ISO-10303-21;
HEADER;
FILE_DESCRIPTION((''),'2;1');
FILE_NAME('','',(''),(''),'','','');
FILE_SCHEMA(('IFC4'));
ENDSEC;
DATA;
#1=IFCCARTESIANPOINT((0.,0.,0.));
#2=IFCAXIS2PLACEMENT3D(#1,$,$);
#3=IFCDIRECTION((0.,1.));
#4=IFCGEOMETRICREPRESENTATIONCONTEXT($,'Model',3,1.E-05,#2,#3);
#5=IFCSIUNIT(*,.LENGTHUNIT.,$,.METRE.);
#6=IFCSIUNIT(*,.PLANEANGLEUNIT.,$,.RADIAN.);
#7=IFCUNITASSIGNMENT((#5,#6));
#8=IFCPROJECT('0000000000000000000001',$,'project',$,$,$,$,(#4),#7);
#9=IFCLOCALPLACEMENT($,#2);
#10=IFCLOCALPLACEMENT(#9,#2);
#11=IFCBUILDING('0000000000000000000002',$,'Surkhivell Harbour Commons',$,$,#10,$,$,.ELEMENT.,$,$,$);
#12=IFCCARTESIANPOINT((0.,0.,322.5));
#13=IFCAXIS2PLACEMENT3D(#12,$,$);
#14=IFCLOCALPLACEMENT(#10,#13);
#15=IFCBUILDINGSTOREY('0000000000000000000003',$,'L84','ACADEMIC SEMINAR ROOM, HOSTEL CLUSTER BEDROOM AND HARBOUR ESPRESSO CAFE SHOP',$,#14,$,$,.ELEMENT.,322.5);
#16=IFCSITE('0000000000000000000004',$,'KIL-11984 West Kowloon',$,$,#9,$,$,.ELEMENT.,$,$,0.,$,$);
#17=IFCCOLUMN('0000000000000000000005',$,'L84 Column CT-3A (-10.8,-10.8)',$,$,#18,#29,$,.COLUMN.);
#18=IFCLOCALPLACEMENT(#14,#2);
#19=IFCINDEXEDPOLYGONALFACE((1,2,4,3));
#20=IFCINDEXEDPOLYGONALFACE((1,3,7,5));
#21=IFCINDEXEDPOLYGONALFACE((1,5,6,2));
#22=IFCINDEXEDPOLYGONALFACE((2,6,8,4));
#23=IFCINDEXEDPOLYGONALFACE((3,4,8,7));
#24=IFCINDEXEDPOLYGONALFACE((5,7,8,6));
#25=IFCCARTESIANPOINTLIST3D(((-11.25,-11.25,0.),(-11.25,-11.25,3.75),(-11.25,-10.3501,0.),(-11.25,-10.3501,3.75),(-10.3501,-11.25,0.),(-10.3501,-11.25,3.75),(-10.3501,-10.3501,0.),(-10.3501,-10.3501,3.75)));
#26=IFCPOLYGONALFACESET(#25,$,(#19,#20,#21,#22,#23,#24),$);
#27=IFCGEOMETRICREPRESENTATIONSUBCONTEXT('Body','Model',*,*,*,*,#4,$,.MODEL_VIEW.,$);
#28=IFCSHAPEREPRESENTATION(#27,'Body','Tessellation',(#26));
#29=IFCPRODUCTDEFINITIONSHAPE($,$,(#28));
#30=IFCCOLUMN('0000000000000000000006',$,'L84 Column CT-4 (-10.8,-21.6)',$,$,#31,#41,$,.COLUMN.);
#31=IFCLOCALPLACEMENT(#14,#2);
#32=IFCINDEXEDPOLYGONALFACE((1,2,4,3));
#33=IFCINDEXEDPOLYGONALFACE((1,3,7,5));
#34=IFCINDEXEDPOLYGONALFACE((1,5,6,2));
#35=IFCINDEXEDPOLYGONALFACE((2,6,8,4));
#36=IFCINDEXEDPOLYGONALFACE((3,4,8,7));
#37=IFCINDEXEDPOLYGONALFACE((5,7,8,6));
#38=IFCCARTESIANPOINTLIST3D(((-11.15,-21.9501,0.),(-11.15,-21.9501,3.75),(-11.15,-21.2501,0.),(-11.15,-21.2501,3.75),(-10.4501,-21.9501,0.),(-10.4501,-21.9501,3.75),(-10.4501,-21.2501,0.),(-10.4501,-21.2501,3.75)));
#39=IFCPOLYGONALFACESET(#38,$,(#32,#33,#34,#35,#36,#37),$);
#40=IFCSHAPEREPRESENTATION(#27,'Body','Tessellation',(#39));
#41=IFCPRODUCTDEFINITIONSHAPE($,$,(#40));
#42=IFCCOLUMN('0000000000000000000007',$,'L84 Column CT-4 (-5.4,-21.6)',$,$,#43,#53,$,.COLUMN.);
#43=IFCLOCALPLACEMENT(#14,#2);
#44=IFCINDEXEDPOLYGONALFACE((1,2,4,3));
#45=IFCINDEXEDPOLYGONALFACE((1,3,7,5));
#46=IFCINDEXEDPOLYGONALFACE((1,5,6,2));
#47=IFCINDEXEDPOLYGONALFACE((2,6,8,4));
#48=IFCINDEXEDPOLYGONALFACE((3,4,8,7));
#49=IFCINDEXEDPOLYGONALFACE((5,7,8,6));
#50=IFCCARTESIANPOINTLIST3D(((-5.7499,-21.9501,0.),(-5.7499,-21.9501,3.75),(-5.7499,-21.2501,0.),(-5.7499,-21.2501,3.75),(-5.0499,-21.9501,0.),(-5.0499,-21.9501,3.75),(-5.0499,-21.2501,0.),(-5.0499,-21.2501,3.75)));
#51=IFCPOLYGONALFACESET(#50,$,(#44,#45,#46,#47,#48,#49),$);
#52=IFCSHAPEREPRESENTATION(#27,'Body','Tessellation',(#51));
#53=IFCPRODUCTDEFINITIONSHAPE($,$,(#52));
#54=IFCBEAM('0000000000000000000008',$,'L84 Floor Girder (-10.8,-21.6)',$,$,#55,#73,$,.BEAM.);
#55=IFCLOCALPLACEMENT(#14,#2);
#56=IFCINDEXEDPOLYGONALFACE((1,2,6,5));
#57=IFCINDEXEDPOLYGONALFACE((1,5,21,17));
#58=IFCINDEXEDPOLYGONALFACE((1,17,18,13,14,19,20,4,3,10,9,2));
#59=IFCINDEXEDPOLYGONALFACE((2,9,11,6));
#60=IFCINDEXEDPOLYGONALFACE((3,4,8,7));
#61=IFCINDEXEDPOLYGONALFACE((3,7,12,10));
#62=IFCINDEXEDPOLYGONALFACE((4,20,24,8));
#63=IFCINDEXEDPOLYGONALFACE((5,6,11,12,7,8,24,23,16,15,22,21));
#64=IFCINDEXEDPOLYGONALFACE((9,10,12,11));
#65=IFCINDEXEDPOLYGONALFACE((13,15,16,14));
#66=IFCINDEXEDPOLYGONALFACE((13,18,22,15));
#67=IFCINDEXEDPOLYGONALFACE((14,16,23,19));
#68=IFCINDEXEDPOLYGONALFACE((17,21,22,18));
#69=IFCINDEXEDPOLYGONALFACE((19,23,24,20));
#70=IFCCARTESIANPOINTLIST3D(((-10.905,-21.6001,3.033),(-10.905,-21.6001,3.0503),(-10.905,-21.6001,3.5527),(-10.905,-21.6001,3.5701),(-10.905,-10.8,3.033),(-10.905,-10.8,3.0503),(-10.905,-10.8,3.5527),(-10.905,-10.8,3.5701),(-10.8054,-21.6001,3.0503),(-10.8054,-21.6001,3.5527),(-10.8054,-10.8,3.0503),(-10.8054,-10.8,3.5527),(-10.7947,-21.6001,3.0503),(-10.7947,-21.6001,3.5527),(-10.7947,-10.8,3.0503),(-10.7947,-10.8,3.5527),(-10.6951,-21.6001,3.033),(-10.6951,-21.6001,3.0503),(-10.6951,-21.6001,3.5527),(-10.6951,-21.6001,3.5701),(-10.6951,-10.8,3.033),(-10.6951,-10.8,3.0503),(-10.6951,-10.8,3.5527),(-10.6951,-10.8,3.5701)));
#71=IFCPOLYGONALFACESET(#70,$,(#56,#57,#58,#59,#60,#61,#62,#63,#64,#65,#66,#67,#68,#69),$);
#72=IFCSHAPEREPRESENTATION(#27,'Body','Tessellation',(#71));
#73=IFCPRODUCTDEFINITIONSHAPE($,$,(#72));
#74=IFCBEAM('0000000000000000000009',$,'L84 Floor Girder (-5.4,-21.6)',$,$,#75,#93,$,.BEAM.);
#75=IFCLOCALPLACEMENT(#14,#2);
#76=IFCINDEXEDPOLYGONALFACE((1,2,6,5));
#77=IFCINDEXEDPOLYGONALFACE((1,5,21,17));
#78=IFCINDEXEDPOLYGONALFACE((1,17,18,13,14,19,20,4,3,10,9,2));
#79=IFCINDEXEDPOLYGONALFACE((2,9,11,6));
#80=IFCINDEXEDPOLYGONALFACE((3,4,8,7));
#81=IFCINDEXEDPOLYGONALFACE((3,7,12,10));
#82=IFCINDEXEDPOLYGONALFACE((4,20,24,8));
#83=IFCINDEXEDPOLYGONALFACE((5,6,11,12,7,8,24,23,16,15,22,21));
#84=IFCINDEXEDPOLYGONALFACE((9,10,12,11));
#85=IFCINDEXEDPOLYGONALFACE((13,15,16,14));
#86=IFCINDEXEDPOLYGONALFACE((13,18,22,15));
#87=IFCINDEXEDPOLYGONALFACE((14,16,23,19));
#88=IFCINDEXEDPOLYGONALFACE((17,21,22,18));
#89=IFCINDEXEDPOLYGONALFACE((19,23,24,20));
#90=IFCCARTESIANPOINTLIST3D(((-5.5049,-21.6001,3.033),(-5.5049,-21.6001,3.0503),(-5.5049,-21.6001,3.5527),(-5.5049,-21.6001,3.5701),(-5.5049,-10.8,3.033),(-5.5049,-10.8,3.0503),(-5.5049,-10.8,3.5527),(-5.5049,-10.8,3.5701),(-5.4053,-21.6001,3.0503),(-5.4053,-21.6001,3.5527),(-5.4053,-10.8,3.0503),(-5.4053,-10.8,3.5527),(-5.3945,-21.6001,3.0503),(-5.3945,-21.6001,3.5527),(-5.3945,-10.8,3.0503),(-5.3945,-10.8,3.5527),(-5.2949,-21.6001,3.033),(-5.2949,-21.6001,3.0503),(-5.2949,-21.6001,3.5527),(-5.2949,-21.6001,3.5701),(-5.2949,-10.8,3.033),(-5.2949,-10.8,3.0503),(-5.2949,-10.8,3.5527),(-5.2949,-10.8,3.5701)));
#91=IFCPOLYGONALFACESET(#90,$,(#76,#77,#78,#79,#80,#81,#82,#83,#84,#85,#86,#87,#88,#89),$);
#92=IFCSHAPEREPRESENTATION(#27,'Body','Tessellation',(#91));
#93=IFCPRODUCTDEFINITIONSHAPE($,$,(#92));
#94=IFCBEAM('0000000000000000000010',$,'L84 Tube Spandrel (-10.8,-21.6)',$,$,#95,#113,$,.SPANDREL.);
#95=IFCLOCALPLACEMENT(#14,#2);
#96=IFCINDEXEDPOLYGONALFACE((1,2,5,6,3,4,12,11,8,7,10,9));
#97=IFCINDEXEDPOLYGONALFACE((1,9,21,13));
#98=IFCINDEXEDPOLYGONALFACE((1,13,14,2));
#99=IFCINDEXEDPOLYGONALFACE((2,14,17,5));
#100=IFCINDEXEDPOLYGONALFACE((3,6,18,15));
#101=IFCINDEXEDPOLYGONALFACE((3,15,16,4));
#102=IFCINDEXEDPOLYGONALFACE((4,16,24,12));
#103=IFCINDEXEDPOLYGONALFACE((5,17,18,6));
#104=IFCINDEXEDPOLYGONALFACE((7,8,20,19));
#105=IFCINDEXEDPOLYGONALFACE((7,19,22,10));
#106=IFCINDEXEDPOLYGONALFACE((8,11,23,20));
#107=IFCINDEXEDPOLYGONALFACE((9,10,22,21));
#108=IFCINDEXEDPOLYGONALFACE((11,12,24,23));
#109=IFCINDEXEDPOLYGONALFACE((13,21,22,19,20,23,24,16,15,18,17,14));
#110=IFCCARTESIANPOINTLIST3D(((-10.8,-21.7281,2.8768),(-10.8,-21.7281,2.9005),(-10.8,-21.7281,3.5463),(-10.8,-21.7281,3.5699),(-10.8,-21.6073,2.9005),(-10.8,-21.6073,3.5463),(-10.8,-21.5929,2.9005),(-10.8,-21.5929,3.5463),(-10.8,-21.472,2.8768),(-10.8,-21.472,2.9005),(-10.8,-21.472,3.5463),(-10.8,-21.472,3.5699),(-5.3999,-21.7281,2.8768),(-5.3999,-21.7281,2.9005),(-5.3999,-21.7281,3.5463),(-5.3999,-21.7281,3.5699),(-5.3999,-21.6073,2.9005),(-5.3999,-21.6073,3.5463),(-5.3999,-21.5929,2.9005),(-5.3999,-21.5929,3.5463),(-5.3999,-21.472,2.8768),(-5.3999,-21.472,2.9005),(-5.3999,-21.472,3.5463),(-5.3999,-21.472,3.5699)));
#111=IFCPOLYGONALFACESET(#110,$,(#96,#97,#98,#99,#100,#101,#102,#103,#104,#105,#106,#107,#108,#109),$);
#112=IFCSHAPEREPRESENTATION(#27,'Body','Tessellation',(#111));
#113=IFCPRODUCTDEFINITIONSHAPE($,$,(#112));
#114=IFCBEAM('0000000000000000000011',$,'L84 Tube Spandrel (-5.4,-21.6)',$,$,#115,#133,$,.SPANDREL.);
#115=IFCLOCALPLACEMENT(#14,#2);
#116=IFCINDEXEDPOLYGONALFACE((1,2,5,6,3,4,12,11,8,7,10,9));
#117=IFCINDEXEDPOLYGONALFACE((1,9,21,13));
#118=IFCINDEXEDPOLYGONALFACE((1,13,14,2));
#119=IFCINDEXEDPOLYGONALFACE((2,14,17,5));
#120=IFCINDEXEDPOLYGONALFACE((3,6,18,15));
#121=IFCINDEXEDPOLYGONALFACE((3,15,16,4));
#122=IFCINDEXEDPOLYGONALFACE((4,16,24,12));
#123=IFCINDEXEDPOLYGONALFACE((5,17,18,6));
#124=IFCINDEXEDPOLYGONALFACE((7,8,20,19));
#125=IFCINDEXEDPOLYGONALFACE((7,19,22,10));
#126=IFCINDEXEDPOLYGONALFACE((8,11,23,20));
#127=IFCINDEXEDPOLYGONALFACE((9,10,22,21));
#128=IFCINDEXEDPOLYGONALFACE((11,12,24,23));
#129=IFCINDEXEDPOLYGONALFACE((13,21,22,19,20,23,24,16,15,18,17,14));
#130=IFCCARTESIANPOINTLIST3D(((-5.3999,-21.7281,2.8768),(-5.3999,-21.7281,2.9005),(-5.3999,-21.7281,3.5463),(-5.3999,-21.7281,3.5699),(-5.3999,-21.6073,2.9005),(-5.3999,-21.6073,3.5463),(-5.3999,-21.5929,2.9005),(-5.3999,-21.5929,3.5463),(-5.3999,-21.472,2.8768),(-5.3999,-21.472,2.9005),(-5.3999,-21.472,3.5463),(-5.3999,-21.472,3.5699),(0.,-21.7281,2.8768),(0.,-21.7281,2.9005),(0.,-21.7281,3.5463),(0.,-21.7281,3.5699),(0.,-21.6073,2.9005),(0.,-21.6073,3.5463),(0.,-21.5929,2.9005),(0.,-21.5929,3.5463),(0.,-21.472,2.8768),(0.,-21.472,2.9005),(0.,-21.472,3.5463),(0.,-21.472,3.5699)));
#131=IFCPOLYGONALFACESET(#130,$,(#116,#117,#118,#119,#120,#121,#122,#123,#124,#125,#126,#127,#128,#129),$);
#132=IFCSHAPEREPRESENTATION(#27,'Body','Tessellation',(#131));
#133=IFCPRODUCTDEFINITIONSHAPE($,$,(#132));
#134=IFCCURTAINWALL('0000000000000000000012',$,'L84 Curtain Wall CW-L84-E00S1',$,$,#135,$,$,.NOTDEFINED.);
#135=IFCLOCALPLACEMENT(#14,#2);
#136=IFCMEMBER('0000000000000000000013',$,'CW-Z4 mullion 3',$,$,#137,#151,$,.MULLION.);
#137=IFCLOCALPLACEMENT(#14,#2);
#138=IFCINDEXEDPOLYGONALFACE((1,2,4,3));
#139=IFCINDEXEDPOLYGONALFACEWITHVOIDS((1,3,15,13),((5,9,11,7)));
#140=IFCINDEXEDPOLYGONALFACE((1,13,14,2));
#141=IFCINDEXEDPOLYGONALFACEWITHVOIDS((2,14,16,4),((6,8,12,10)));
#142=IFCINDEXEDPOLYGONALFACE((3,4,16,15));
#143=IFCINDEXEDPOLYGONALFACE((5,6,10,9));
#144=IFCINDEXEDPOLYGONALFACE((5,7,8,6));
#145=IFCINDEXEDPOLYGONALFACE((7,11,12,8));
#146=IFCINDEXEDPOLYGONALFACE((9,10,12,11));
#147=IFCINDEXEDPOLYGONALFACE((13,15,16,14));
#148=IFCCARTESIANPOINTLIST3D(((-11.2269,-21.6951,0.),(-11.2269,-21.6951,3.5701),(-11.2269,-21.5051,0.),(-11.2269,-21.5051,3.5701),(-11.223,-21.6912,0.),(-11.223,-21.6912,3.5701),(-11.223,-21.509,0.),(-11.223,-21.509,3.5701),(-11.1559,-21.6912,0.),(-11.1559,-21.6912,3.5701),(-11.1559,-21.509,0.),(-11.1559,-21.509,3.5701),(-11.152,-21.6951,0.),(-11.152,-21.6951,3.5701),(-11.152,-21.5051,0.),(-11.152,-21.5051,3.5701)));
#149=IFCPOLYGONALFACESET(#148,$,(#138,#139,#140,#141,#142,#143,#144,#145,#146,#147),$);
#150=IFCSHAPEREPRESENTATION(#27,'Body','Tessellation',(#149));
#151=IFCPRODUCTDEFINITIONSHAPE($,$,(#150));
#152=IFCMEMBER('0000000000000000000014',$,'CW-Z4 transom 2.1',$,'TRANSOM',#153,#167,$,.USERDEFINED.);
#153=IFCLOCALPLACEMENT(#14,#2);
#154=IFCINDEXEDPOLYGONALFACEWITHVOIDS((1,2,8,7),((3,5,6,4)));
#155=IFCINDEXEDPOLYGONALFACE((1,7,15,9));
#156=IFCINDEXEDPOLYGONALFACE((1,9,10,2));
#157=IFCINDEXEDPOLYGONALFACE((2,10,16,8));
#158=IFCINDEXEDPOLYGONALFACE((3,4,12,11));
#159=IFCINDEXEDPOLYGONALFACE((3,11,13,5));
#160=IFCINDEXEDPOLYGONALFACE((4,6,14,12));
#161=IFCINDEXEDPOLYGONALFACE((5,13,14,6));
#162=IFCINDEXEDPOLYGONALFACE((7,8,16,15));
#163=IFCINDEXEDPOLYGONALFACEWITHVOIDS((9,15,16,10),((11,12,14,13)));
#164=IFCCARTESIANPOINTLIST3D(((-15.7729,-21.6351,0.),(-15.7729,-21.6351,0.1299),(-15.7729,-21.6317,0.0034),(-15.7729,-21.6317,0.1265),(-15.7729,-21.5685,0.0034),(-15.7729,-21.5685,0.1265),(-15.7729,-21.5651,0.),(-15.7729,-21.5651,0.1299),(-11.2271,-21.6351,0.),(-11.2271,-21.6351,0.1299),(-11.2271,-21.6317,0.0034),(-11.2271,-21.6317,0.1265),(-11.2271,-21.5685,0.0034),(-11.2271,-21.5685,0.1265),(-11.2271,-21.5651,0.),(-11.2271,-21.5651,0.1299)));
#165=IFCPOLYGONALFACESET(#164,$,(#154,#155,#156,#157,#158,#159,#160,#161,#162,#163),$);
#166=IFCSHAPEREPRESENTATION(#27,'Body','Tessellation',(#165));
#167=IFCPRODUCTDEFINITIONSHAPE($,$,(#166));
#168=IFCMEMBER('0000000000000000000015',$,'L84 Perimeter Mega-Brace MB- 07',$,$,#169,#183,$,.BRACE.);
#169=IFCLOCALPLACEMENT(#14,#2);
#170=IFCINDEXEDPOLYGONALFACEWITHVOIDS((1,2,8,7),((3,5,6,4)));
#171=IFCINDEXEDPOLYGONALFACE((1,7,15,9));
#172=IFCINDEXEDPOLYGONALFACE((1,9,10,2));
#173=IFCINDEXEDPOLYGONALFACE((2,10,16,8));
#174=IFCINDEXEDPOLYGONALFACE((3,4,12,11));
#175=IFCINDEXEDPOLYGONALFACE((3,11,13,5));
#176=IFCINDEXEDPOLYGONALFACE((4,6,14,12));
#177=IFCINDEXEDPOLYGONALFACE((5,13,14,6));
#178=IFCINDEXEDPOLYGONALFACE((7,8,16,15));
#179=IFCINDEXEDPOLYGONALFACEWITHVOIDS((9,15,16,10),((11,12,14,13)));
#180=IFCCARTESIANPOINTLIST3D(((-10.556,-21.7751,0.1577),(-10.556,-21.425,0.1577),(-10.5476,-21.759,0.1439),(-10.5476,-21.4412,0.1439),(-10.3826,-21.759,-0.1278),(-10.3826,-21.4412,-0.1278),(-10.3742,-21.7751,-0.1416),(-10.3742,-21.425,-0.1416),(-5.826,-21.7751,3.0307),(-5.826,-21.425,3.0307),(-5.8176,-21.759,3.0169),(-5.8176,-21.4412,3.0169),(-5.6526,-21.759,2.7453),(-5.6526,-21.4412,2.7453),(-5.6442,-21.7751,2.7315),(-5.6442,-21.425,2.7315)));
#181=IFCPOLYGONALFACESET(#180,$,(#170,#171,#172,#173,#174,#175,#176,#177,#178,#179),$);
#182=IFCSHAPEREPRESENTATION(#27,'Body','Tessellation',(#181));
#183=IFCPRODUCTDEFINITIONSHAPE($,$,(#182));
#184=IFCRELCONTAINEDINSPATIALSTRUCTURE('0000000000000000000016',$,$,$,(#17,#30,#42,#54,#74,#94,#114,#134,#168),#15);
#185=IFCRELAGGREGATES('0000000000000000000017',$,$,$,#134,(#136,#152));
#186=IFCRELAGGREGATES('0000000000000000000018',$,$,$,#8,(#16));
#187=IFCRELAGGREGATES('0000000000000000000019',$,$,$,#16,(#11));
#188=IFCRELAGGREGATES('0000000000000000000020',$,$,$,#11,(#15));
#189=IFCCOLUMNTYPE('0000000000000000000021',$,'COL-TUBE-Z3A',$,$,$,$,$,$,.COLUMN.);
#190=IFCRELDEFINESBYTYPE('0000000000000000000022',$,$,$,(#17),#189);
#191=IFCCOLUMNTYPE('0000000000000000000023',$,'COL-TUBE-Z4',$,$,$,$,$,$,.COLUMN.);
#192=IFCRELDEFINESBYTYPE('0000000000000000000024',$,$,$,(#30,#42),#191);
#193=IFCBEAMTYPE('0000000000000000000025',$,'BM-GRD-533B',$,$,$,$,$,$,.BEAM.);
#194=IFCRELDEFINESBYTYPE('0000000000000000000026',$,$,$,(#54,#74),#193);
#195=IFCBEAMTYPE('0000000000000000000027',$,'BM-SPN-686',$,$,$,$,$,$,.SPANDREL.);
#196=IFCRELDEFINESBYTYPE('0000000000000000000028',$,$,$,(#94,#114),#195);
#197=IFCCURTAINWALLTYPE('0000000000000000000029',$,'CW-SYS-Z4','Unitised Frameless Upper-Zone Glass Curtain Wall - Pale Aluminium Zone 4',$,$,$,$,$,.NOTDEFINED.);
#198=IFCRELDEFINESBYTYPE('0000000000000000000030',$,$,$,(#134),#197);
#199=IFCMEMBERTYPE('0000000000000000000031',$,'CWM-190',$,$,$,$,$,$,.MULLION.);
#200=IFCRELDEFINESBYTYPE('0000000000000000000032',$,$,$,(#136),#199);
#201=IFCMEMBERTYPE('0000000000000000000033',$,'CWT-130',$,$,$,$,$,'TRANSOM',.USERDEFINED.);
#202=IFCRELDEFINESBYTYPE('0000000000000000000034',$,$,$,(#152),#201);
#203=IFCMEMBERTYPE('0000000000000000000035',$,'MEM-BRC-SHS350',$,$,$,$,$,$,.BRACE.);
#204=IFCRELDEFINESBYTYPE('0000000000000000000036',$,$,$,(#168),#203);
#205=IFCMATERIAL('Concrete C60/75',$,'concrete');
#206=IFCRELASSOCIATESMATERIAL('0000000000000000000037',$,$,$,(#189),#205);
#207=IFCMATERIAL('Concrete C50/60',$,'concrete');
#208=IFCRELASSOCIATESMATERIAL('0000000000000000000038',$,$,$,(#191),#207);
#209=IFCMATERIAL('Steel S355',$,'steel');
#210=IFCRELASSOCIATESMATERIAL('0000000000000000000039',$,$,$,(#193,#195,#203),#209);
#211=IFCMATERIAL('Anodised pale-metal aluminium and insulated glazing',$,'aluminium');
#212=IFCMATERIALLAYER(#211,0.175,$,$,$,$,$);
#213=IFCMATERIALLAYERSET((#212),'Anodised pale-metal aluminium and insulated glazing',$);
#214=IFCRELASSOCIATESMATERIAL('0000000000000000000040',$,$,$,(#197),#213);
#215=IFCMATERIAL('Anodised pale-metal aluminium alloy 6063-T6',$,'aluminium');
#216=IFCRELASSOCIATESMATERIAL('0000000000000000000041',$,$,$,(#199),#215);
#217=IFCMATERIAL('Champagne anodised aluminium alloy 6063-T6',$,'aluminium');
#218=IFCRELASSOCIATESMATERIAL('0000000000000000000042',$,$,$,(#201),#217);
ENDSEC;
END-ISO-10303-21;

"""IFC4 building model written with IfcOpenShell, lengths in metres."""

from ifc_helpers import new_model, si_unit, direction, frame, origin, origin_2d, place, context, subcontext, project, spatial, rectangle, hollow_rectangle, i_section, extrude, material, layer, layer_set, material_profile, profile_set, type_object, element, aggregate, save


model = new_model("IFC4")

# Units and contexts
model_context = context("Model", 3, precision=1e-05, world=origin(), true_north=direction((0.0, 1.0)))
body_context = subcontext(model_context, "Body", "Model", "MODEL_VIEW")
ifc_project = project(units=[si_unit("LENGTHUNIT", "METRE"), si_unit("PLANEANGLEUNIT", "RADIAN")], contexts=[model_context])

# Site, building, storey
site_placement = place(None, origin())
site = spatial("IfcSite", under=ifc_project, at=site_placement, Name="KIL-11984 West Kowloon", CompositionType="ELEMENT", RefElevation=0.0)
building_placement = place(site_placement, origin())
building = spatial("IfcBuilding", under=site, at=building_placement, Name="Surkhivell Harbour Commons", CompositionType="ELEMENT")
storey_placement = place(building_placement, frame((0.0, 0.0, 322.5)))
storey = spatial("IfcBuildingStorey", under=building, at=storey_placement, Name="L84", Description="ACADEMIC SEMINAR ROOM, HOSTEL CLUSTER BEDROOM AND HARBOUR ESPRESSO CAFE SHOP", CompositionType="ELEMENT", Elevation=322.5)

# Columns
ifc_material_1 = material(Name="Concrete C60/75", Category="concrete")
ifc_material_profile_1 = material_profile(ifc_material_1, rectangle(XDim=0.8999, YDim=0.8999, at=origin_2d()), Name="RC-COL-900x900")
ifc_profile_set_1 = profile_set([ifc_material_profile_1], Name="Concrete C60/75")
column_type_1 = type_object("IfcColumnType", Name="COL-TUBE-Z3A", PredefinedType="COLUMN", material=ifc_profile_set_1)
column_placement = place(storey_placement, frame((-10.8, -10.8, 0.0), z_axis=(0.0, 0.0, 1.0), x_axis=(1.0, 0.0, 0.0)))
element("IfcColumn", 1, at=column_placement, inside=storey, type_object=column_type_1, Name="L84 Column CT-3A (-10.8,-10.8)", PredefinedType="COLUMN", context=body_context, shape_type="SweptSolid", body=[
    extrude(rectangle(XDim=0.8999, YDim=0.8999, at=origin_2d()), origin(), (0.0, 0.0, 1.0), 3.75),
])
ifc_material_2 = material(Name="Concrete C50/60", Category="concrete")
ifc_material_profile_2 = material_profile(ifc_material_2, rectangle(XDim=0.7, YDim=0.7, at=origin_2d()), Name="RC-COL-700x700")
ifc_profile_set_2 = profile_set([ifc_material_profile_2], Name="Concrete C50/60")
column_type_2 = type_object("IfcColumnType", Name="COL-TUBE-Z4", PredefinedType="COLUMN", material=ifc_profile_set_2)
for number, where, z_axis, x_axis, name in (
    (2, (-10.8, -21.6001, 0.0), (0.0, 0.0, 1.0), (1.0, 0.0, 0.0), "L84 Column CT-4 (-10.8,-21.6)"),
    (3, (-5.3999, -21.6001, 0.0), (0.0, 0.0, 1.0), (1.0, 0.0, 0.0), "L84 Column CT-4 (-5.4,-21.6)"),
):
    element("IfcColumn", number, at=place(storey_placement, frame(where, z_axis=z_axis, x_axis=x_axis)), inside=storey, type_object=column_type_2, Name=name, PredefinedType="COLUMN", context=body_context, shape_type="SweptSolid", body=[
        extrude(rectangle(XDim=0.7, YDim=0.7, at=origin_2d()), origin(), (0.0, 0.0, 1.0), 3.75),
    ])

# Beams
ifc_material_3 = material(Name="Steel S355", Category="steel")
ifc_material_profile_3 = material_profile(ifc_material_3, i_section(OverallWidth=0.21, OverallDepth=0.5371, WebThickness=0.0107, FlangeThickness=0.0173, at=origin_2d()), Name="UB533x210x101")
ifc_profile_set_3 = profile_set([ifc_material_profile_3], Name="Steel S355")
beam_type_1 = type_object("IfcBeamType", Name="BM-GRD-533B", PredefinedType="BEAM", material=ifc_profile_set_3)
for number, where, z_axis, x_axis, name in (
    (4, (-10.8, -21.6001, 3.3015), (0.0, 1.0, 0.0), (-1.0, 0.0, 0.0), "L84 Floor Girder (-10.8,-21.6)"),
    (5, (-5.3999, -21.6001, 3.3015), (0.0, 1.0, 0.0), (-1.0, 0.0, 0.0), "L84 Floor Girder (-5.4,-21.6)"),
):
    element("IfcBeam", number, at=place(storey_placement, frame(where, z_axis=z_axis, x_axis=x_axis)), inside=storey, type_object=beam_type_1, Name=name, PredefinedType="BEAM", context=body_context, shape_type="SweptSolid", body=[
        extrude(i_section(OverallWidth=0.21, OverallDepth=0.5371, WebThickness=0.0107, FlangeThickness=0.0173, at=origin_2d()), origin(), (0.0, 0.0, 1.0), 10.8),
    ])
ifc_material_profile_4 = material_profile(ifc_material_3, i_section(OverallWidth=0.2561, OverallDepth=0.6931, WebThickness=0.0144, FlangeThickness=0.0237, at=origin_2d()), Name="UB686x254x170")
ifc_profile_set_4 = profile_set([ifc_material_profile_4], Name="Steel S355")
beam_type_2 = type_object("IfcBeamType", Name="BM-SPN-686", PredefinedType="SPANDREL", material=ifc_profile_set_4)
beam_1_placement = place(storey_placement, frame((-10.8, -21.6001, 3.2234), z_axis=(1.0, 0.0, 0.0), x_axis=(0.0, 1.0, 0.0)))
element("IfcBeam", 6, at=beam_1_placement, inside=storey, type_object=beam_type_2, Name="L84 Tube Spandrel (-10.8,-21.6)", PredefinedType="SPANDREL", context=body_context, shape_type="SweptSolid", body=[
    extrude(i_section(OverallWidth=0.2561, OverallDepth=0.6931, WebThickness=0.0144, FlangeThickness=0.0237, at=origin_2d()), origin(), (0.0, 0.0, 1.0), 5.4001),
])
beam_2_placement = place(storey_placement, frame((-5.3999, -21.6001, 3.2234), z_axis=(1.0, 0.0, 0.0), x_axis=(0.0, 1.0, 0.0)))
element("IfcBeam", 7, at=beam_2_placement, inside=storey, type_object=beam_type_2, Name="L84 Tube Spandrel (-5.4,-21.6)", PredefinedType="SPANDREL", context=body_context, shape_type="SweptSolid", body=[
    extrude(i_section(OverallWidth=0.2561, OverallDepth=0.6931, WebThickness=0.0144, FlangeThickness=0.0237, at=origin_2d()), origin(), (0.0, 0.0, 1.0), 5.3999),
])

# Curtain wall, members
ifc_material_4 = material(Name="Anodised pale-metal aluminium and insulated glazing", Category="aluminium")
ifc_layer_1 = layer(ifc_material_4, 0.175)
ifc_layer_set_1 = layer_set([ifc_layer_1], Name="Anodised pale-metal aluminium and insulated glazing")
curtain_wall_type = type_object("IfcCurtainWallType", Name="CW-SYS-Z4", Description="Unitised Frameless Upper-Zone Glass Curtain Wall - Pale Aluminium Zone 4", PredefinedType="NOTDEFINED", material=ifc_layer_set_1)
curtain_wall_placement = place(storey_placement, origin())
curtain_wall = element("IfcCurtainWall", 8, at=curtain_wall_placement, inside=storey, type_object=curtain_wall_type, Name="L84 Curtain Wall CW-L84-E00S1", PredefinedType="NOTDEFINED")
ifc_material_5 = material(Name="Anodised pale-metal aluminium alloy 6063-T6", Category="aluminium")
ifc_material_profile_5 = material_profile(ifc_material_5, hollow_rectangle(XDim=0.075, YDim=0.1899, WallThickness=0.0039, at=origin_2d()), Name="ALU-MULL-75x190")
ifc_profile_set_5 = profile_set([ifc_material_profile_5], Name="Anodised pale-metal aluminium alloy 6063-T6")
member_type_1 = type_object("IfcMemberType", Name="CWM-190", PredefinedType="MULLION", material=ifc_profile_set_5)
member_1_placement = place(storey_placement, frame((-11.1895, -21.6001, 0.0), z_axis=(0.0, 0.0, 1.0), x_axis=(1.0, 0.0, 0.0)))
member_1 = element("IfcMember", 9, at=member_1_placement, type_object=member_type_1, Name="CW-Z4 mullion 3", PredefinedType="MULLION", context=body_context, shape_type="SweptSolid", body=[
    extrude(hollow_rectangle(XDim=0.075, YDim=0.1899, WallThickness=0.0039, at=origin_2d()), origin(), (0.0, 0.0, 1.0), 3.5701),
])
ifc_material_6 = material(Name="Champagne anodised aluminium alloy 6063-T6", Category="aluminium")
ifc_material_profile_6 = material_profile(ifc_material_6, hollow_rectangle(XDim=0.0701, YDim=0.1299, WallThickness=0.0034, at=origin_2d()), Name="ALU-TRAN-70x130")
ifc_profile_set_6 = profile_set([ifc_material_profile_6], Name="Champagne anodised aluminium alloy 6063-T6")
member_type_2 = type_object("IfcMemberType", Name="CWT-130", ElementType="TRANSOM", PredefinedType="USERDEFINED", material=ifc_profile_set_6)
member_2_placement = place(storey_placement, frame((-15.7729, -21.6001, 0.0649), z_axis=(1.0, 0.0, 0.0), x_axis=(0.0, 1.0, 0.0)))
member_2 = element("IfcMember", 10, at=member_2_placement, type_object=member_type_2, Name="CW-Z4 transom 2.1", ObjectType="TRANSOM", PredefinedType="USERDEFINED", context=body_context, shape_type="SweptSolid", body=[
    extrude(hollow_rectangle(XDim=0.0701, YDim=0.1299, WallThickness=0.0034, at=origin_2d()), origin(), (0.0, 0.0, 1.0), 4.5459),
])

# Member
ifc_material_profile_7 = material_profile(ifc_material_3, hollow_rectangle(XDim=0.3501, YDim=0.3501, WallThickness=0.0161, at=origin_2d()), Name="SHS350x350x16")
ifc_profile_set_7 = profile_set([ifc_material_profile_7], Name="Steel S355")
member_type_3 = type_object("IfcMemberType", Name="MEM-BRC-SHS350", PredefinedType="BRACE", material=ifc_profile_set_7)
member_3_placement = place(storey_placement, frame((-10.4651, -21.6001, 0.0081), z_axis=(0.854685, 0.0, 0.519146), x_axis=(0.0, 1.0, 0.0)))
element("IfcMember", 11, at=member_3_placement, inside=storey, type_object=member_type_3, Name="L84 Perimeter Mega-Brace MB- 07", PredefinedType="BRACE", context=body_context, shape_type="SweptSolid", body=[
    extrude(hollow_rectangle(XDim=0.3501, YDim=0.3501, WallThickness=0.0161, at=origin_2d()), origin(), (0.0, 0.0, 1.0), 5.5342),
])

aggregate(curtain_wall, [member_1, member_2])

save(model, "model.ifc")
